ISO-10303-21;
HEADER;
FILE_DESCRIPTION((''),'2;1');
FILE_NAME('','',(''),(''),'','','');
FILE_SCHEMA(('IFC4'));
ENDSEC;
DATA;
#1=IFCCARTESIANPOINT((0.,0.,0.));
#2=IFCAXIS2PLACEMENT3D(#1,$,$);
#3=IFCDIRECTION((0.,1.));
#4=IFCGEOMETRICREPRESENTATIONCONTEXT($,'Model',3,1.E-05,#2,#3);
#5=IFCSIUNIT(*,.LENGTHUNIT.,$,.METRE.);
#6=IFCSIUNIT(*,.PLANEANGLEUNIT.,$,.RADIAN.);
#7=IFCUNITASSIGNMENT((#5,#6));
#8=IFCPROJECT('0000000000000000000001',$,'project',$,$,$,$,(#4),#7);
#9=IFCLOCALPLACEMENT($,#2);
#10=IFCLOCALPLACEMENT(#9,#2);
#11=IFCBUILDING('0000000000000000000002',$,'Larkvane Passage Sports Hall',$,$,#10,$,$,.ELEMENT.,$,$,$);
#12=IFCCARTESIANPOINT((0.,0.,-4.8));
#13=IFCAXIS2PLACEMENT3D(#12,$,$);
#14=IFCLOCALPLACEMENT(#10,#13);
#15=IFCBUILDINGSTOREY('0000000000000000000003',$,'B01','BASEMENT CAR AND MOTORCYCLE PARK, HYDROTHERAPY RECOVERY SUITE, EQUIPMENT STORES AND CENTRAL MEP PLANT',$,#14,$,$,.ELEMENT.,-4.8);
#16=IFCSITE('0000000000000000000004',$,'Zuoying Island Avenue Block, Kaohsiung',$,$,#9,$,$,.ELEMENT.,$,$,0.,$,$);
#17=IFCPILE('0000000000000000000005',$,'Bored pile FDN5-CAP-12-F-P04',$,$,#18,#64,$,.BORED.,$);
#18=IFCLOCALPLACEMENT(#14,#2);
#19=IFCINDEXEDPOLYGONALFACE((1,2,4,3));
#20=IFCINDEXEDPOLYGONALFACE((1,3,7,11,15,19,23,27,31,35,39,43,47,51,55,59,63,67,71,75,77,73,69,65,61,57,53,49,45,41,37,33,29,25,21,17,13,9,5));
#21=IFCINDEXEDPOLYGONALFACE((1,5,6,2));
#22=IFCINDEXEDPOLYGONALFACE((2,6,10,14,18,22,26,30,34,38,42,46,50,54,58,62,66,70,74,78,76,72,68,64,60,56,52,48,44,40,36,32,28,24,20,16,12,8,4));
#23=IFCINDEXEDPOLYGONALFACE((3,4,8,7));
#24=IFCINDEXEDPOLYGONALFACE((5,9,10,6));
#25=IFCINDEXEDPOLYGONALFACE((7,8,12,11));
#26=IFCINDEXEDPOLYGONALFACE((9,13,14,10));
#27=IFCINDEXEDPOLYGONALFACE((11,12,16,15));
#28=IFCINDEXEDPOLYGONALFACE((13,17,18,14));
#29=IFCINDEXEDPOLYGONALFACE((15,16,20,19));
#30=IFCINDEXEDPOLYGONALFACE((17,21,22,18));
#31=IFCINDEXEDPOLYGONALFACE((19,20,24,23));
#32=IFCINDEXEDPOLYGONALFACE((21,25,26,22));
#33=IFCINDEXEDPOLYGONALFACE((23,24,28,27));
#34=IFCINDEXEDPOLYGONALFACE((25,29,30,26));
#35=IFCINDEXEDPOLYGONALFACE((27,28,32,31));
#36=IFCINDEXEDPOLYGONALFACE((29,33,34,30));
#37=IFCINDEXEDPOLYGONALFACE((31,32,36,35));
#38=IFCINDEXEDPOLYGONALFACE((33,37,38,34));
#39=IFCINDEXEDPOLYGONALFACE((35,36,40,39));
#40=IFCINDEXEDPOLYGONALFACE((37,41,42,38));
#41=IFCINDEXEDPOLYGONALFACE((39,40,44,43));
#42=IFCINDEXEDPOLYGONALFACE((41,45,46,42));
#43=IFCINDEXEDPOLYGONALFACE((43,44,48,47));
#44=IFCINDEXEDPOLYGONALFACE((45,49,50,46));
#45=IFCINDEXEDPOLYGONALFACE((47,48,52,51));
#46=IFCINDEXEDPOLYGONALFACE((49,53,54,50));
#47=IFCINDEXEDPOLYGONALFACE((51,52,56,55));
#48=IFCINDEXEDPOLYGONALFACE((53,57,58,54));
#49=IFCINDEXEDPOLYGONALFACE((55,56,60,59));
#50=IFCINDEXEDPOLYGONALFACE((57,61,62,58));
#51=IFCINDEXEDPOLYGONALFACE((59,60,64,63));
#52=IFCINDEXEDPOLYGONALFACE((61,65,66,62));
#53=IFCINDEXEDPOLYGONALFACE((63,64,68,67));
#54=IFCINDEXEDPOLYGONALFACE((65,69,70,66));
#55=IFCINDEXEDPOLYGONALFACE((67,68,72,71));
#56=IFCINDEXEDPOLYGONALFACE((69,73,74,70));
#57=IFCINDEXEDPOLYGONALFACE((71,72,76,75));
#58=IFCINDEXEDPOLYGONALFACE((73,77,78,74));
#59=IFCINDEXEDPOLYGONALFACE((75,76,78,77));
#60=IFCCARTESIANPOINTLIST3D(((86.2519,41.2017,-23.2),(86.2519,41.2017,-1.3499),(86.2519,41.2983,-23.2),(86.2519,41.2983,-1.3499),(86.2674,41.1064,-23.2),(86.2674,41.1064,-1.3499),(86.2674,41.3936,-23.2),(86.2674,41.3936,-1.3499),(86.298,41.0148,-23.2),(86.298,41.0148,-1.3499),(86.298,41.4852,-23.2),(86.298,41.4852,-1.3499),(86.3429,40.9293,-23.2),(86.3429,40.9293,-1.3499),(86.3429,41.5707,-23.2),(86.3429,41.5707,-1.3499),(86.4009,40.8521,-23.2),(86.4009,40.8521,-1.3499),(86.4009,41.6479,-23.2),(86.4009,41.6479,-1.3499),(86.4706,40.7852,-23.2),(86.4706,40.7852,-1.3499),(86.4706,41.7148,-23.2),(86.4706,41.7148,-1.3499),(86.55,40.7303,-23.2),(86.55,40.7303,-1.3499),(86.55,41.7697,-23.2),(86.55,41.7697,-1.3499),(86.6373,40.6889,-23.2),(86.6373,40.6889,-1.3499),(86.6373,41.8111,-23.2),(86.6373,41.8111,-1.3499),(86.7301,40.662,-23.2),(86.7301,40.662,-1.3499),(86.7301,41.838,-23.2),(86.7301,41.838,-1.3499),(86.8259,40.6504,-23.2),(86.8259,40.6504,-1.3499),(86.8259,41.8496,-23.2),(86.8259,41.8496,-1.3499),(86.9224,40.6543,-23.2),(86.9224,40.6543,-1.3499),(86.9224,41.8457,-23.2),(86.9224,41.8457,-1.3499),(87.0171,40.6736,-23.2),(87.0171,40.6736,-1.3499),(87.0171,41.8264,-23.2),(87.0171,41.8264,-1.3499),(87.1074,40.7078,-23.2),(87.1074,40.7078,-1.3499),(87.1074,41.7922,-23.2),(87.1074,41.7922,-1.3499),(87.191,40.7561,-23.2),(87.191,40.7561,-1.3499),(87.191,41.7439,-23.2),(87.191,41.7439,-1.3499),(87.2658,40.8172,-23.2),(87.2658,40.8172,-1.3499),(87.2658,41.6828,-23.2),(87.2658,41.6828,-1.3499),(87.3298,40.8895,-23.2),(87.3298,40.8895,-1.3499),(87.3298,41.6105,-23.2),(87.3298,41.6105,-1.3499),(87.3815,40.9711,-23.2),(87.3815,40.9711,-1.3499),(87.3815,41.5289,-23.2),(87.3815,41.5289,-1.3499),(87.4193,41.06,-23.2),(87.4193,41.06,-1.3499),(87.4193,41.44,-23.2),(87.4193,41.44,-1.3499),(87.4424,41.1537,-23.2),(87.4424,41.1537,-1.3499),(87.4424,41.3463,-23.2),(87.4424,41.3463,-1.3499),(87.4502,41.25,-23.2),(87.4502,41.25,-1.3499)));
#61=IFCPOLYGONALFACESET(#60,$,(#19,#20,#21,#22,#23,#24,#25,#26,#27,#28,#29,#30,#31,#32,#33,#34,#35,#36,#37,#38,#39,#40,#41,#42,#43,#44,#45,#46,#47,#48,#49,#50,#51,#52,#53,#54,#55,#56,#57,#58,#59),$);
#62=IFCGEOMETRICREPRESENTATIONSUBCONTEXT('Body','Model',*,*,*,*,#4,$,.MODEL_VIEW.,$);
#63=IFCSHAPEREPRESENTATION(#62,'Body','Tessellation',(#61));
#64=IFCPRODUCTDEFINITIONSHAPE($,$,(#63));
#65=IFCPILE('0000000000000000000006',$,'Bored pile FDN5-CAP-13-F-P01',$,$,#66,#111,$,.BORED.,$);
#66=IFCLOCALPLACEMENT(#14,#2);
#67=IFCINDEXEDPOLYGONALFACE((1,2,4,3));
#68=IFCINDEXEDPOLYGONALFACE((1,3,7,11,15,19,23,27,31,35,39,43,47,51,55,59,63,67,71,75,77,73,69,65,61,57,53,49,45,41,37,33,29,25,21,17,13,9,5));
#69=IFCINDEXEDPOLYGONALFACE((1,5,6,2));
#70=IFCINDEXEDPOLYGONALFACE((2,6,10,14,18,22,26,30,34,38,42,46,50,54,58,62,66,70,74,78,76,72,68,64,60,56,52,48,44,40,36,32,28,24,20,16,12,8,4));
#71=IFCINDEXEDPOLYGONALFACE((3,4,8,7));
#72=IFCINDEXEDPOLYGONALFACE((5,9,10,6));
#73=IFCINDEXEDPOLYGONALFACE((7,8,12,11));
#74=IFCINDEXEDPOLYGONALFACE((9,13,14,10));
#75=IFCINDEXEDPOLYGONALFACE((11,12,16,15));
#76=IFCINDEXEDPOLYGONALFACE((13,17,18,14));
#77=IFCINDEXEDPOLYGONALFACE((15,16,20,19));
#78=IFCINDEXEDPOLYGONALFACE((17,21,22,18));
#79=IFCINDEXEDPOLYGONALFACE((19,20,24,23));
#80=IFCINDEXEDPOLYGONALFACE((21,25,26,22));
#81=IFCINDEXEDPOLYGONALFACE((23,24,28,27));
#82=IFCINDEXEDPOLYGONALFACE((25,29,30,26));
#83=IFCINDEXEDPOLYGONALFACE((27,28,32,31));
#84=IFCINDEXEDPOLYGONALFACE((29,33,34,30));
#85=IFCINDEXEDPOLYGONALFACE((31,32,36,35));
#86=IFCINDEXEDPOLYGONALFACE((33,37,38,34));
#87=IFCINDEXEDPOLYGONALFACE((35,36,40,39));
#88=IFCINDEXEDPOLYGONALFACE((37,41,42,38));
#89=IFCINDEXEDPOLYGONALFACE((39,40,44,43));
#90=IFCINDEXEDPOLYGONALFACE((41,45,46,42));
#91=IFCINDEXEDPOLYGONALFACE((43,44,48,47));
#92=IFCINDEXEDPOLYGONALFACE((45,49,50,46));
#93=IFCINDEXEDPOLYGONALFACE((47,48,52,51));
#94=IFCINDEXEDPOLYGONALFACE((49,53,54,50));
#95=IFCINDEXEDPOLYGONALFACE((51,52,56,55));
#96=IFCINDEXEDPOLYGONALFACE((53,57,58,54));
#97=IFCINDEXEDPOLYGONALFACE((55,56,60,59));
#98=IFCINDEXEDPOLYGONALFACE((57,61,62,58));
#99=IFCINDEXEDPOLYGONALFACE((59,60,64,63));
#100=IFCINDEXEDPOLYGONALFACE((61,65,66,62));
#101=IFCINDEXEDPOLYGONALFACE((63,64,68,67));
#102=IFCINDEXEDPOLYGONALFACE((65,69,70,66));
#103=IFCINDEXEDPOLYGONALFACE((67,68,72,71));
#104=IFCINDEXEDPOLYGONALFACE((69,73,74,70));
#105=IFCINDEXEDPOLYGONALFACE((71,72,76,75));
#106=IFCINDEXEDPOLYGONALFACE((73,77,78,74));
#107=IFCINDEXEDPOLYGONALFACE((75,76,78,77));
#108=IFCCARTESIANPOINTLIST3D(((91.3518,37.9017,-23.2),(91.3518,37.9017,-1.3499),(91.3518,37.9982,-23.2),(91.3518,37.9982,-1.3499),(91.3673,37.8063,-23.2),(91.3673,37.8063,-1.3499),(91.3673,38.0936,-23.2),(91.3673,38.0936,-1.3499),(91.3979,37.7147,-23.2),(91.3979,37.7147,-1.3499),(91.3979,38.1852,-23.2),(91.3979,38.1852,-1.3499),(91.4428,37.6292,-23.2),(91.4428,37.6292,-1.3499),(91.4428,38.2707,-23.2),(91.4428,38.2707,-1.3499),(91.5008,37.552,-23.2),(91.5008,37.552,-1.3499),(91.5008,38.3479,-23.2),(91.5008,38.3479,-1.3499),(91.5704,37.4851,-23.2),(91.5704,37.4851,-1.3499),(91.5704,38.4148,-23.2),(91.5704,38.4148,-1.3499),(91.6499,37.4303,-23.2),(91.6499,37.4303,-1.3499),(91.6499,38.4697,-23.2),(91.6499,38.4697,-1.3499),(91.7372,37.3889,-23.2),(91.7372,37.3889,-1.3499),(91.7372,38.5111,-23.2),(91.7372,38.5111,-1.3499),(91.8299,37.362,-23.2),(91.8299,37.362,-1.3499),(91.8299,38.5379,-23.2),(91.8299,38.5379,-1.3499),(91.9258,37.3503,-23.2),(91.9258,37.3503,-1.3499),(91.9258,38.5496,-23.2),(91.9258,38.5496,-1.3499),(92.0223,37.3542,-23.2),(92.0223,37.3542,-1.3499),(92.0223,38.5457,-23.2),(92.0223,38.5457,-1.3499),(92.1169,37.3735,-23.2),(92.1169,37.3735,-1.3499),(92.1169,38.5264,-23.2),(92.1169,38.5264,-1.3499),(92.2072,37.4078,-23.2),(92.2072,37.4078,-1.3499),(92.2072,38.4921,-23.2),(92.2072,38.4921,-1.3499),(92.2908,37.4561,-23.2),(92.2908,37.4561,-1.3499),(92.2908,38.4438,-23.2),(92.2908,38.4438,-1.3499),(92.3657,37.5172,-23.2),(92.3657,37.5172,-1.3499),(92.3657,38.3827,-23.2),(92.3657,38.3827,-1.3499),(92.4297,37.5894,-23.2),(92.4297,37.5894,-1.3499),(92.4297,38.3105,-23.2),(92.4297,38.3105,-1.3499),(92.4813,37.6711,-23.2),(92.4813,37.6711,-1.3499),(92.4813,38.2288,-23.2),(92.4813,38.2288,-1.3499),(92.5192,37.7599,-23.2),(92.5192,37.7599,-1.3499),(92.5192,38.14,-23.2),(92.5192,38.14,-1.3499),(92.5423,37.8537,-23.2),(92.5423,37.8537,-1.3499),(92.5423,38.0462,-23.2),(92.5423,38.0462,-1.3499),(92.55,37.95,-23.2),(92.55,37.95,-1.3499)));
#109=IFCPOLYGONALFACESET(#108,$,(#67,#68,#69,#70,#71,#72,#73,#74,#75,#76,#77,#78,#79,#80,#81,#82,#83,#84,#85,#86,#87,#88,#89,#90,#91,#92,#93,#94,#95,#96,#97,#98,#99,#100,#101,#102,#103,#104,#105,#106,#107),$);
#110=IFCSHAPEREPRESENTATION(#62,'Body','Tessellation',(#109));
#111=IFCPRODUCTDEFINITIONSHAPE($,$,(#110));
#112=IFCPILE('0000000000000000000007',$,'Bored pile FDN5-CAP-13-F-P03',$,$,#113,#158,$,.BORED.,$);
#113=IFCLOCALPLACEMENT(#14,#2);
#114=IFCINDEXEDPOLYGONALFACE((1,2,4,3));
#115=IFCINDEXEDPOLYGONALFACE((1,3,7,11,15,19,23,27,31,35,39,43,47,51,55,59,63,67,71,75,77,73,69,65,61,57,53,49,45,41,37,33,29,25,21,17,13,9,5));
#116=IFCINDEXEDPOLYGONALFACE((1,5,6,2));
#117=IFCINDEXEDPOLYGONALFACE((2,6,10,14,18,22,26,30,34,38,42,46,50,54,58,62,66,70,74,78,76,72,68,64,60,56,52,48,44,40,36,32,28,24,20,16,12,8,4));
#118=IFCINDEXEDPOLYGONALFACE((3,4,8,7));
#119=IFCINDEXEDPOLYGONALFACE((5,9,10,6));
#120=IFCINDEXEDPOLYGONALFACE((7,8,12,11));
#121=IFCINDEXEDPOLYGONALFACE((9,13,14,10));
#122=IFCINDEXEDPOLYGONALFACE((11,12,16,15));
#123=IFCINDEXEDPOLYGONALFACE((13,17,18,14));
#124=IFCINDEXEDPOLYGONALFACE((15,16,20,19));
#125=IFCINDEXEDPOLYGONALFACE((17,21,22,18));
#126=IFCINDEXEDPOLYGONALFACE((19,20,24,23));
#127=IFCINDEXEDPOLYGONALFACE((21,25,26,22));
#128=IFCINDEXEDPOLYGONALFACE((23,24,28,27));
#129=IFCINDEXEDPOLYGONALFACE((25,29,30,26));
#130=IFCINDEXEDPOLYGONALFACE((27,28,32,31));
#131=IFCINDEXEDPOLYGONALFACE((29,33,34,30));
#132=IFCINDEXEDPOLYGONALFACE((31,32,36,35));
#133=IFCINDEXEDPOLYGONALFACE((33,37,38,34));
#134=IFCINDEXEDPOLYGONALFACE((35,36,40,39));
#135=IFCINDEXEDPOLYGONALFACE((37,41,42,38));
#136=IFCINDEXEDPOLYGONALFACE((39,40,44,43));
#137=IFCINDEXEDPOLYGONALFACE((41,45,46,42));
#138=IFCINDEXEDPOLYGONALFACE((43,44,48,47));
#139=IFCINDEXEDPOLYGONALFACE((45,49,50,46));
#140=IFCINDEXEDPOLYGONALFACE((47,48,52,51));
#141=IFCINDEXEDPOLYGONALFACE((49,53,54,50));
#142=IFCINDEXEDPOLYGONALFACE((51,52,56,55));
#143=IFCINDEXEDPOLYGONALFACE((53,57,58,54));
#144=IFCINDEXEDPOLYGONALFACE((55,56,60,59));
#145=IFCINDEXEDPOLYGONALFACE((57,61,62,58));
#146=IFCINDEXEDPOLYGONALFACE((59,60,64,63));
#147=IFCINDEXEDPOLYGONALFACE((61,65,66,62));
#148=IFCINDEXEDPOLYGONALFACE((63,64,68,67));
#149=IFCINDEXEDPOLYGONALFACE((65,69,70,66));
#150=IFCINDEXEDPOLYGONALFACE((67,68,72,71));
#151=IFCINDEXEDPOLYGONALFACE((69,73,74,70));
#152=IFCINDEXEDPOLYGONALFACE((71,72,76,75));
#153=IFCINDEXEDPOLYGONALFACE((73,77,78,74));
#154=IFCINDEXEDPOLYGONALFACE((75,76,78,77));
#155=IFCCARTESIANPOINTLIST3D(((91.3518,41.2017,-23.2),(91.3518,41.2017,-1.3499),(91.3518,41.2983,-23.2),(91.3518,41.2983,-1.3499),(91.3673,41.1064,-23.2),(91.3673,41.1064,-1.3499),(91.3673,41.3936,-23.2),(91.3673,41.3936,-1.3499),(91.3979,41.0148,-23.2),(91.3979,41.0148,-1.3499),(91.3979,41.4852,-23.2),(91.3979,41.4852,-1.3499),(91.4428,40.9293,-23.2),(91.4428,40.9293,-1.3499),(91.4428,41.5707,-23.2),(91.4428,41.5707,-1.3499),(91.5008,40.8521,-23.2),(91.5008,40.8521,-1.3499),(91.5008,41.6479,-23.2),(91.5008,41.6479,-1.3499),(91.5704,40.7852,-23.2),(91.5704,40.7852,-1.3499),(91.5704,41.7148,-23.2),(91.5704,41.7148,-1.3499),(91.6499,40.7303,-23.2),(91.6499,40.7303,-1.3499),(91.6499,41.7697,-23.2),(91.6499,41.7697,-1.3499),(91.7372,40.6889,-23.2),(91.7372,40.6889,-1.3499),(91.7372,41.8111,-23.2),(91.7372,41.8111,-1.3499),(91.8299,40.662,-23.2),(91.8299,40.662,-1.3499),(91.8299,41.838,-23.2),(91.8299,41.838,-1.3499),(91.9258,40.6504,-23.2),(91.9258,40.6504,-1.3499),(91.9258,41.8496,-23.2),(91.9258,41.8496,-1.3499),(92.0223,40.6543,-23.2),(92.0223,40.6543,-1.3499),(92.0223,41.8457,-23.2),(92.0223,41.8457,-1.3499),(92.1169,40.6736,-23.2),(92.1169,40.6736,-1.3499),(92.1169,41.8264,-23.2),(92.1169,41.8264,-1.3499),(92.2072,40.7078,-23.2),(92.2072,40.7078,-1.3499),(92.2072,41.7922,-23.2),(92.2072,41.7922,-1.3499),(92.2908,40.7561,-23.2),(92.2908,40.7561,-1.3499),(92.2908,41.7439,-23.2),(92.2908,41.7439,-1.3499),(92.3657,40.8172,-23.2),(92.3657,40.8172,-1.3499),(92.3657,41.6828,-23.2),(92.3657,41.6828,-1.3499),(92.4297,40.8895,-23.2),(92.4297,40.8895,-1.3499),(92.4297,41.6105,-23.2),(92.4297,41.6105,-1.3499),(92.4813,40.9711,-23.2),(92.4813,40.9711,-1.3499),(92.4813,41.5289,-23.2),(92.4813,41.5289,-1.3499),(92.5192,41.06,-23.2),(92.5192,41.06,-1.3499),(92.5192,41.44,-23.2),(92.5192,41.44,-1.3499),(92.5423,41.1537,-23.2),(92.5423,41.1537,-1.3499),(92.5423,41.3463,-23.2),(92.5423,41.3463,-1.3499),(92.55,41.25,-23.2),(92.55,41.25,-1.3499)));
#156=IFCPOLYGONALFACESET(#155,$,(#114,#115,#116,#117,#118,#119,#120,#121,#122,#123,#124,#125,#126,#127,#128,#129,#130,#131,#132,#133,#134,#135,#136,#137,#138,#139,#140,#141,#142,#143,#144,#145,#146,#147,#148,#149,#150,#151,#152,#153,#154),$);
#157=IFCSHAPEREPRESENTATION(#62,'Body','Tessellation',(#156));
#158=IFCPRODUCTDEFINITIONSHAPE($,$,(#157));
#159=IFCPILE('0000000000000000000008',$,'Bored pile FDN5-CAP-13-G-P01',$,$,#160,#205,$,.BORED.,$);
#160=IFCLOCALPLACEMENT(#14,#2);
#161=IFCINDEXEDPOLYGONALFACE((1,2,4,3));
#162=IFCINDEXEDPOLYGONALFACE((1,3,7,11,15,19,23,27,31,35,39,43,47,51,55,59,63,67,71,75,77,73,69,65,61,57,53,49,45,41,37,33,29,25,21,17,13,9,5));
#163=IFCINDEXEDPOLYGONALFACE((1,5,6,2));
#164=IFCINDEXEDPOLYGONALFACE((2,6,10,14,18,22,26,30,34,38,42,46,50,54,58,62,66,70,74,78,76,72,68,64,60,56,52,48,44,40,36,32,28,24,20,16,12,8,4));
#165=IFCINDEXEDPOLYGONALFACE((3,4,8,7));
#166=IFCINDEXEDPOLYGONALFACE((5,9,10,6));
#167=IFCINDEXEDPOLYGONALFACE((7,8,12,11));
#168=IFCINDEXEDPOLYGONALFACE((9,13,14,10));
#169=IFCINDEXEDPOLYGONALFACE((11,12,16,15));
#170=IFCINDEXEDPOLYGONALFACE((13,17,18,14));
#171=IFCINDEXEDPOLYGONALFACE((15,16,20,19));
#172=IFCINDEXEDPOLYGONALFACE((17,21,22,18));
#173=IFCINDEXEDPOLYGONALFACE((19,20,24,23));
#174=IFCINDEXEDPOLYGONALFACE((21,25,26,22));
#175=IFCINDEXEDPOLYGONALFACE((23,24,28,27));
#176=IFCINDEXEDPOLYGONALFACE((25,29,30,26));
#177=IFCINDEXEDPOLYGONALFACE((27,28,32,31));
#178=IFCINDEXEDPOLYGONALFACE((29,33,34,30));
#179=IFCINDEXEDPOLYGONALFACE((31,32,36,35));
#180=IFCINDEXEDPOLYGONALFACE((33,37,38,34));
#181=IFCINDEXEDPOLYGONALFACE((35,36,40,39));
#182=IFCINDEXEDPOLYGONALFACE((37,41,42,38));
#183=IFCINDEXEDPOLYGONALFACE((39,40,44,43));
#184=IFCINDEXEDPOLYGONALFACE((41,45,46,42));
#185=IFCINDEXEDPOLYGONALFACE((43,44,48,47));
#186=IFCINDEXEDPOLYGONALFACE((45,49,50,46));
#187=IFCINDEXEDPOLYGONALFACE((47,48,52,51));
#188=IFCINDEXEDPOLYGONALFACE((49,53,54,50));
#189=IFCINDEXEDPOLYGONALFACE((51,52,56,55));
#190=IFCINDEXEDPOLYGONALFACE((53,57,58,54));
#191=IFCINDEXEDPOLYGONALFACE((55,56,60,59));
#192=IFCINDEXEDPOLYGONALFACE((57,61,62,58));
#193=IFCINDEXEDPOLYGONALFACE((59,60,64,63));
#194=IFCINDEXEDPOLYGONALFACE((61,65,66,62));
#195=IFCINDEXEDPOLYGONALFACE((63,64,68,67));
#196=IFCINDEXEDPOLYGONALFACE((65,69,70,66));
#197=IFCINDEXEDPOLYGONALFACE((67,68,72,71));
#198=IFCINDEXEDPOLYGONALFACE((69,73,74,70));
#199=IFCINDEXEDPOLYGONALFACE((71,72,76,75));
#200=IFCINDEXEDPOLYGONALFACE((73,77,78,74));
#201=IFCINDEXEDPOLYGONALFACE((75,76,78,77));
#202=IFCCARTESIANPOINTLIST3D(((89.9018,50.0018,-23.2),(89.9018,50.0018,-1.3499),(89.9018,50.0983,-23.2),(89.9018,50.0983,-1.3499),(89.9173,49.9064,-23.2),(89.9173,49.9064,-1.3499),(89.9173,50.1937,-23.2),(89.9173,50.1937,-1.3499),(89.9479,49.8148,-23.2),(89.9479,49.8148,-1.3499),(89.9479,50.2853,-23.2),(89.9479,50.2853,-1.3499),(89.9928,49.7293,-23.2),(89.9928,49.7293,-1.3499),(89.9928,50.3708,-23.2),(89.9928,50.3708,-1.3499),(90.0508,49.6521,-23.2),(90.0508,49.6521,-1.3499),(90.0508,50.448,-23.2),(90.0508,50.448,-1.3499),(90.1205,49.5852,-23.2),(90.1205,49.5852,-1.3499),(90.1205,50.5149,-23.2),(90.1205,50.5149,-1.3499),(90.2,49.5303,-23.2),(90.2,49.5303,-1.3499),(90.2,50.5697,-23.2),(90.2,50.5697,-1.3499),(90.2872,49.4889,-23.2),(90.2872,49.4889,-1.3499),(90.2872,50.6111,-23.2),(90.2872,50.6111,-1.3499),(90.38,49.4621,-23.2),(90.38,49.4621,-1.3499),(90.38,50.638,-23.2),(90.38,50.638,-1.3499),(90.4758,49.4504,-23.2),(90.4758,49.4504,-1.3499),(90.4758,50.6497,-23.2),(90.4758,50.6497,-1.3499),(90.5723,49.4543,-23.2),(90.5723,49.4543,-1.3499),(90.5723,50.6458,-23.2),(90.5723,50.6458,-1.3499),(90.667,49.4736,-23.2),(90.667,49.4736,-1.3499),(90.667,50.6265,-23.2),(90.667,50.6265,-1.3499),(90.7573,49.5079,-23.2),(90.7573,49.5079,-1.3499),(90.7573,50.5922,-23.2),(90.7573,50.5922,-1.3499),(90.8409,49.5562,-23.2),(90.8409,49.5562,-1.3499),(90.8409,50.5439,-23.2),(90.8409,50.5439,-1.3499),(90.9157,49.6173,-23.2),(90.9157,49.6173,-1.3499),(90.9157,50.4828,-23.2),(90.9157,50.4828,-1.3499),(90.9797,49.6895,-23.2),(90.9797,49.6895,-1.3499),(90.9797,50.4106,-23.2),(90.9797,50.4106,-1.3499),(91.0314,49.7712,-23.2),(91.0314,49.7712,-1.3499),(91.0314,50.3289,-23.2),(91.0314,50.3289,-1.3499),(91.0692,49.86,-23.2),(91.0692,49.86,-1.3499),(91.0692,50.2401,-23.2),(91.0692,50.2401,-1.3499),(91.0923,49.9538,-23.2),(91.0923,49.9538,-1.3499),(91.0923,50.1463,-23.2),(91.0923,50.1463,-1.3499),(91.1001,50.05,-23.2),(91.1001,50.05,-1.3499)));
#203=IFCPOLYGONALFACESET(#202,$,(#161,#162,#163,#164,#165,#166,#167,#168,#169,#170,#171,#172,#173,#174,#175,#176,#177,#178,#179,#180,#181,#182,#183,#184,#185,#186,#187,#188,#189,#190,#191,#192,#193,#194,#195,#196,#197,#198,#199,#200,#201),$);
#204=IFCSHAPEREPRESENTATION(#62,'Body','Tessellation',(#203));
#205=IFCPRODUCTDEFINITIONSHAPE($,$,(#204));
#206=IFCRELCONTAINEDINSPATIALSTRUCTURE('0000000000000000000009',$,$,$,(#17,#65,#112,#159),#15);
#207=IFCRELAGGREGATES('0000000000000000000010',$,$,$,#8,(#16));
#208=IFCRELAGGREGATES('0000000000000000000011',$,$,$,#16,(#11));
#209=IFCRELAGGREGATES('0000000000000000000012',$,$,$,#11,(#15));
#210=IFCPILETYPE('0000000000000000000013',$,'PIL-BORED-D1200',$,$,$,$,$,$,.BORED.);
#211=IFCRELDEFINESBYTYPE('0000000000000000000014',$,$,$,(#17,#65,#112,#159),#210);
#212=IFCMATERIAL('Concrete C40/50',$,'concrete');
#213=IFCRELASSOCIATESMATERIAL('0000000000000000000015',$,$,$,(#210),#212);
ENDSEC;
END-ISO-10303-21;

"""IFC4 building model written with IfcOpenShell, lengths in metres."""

from ifc_helpers import new_model, si_unit, direction, frame, origin, origin_2d, place, context, subcontext, project, spatial, circle, extrude, material, material_profile, profile_set, type_object, element, save


model = new_model("IFC4")

# Units and contexts
model_context = context("Model", 3, precision=1e-05, world=origin(), true_north=direction((0.0, 1.0)))
body_context = subcontext(model_context, "Body", "Model", "MODEL_VIEW")
ifc_project = project(units=[si_unit("LENGTHUNIT", "METRE"), si_unit("PLANEANGLEUNIT", "RADIAN")], contexts=[model_context])

# Site, building, storey
site_placement = place(None, origin())
site = spatial("IfcSite", under=ifc_project, at=site_placement, Name="Zuoying Island Avenue Block, Kaohsiung", CompositionType="ELEMENT", RefElevation=0.0)
building_placement = place(site_placement, origin())
building = spatial("IfcBuilding", under=site, at=building_placement, Name="Larkvane Passage Sports Hall", CompositionType="ELEMENT")
storey_placement = place(building_placement, frame((0.0, 0.0, -4.8)))
storey = spatial("IfcBuildingStorey", under=building, at=storey_placement, Name="B01", Description="BASEMENT CAR AND MOTORCYCLE PARK, HYDROTHERAPY RECOVERY SUITE, EQUIPMENT STORES AND CENTRAL MEP PLANT", CompositionType="ELEMENT", Elevation=-4.8)

# Shared definitions
ifc_material_1 = material(Name="Concrete C40/50", Category="concrete")

# Piles
ifc_material_profile_1 = material_profile(ifc_material_1, circle(Radius=0.6001, at=origin_2d()), Name="PILE-D1200")
ifc_profile_set_1 = profile_set([ifc_material_profile_1], Name="Concrete C40/50")
pile_type_1 = type_object("IfcPileType", Name="PIL-BORED-D1200", PredefinedType="BORED", material=ifc_profile_set_1)
for number, where, z_axis, x_axis, name in (
    (1, (86.8501, 41.25, -1.3499), (0.0, 0.0, -1.0), (1.0, 0.0, 0.0), "Bored pile FDN5-CAP-12-F-P04"),
    (2, (91.95, 37.95, -1.3499), (0.0, 0.0, -1.0), (1.0, 0.0, 0.0), "Bored pile FDN5-CAP-13-F-P01"),
    (3, (91.95, 41.25, -1.3499), (0.0, 0.0, -1.0), (1.0, 0.0, 0.0), "Bored pile FDN5-CAP-13-F-P03"),
    (4, (90.5, 50.05, -1.3499), (0.0, 0.0, -1.0), (1.0, 0.0, 0.0), "Bored pile FDN5-CAP-13-G-P01"),
):
    element("IfcPile", number, at=place(storey_placement, frame(where, z_axis=z_axis, x_axis=x_axis)), inside=storey, type_object=pile_type_1, Name=name, PredefinedType="BORED", context=body_context, shape_type="SweptSolid", body=[
        extrude(circle(Radius=0.6001, at=origin_2d()), origin(), (0.0, 0.0, 1.0), 21.8501),
    ])

save(model, "model.ifc")
